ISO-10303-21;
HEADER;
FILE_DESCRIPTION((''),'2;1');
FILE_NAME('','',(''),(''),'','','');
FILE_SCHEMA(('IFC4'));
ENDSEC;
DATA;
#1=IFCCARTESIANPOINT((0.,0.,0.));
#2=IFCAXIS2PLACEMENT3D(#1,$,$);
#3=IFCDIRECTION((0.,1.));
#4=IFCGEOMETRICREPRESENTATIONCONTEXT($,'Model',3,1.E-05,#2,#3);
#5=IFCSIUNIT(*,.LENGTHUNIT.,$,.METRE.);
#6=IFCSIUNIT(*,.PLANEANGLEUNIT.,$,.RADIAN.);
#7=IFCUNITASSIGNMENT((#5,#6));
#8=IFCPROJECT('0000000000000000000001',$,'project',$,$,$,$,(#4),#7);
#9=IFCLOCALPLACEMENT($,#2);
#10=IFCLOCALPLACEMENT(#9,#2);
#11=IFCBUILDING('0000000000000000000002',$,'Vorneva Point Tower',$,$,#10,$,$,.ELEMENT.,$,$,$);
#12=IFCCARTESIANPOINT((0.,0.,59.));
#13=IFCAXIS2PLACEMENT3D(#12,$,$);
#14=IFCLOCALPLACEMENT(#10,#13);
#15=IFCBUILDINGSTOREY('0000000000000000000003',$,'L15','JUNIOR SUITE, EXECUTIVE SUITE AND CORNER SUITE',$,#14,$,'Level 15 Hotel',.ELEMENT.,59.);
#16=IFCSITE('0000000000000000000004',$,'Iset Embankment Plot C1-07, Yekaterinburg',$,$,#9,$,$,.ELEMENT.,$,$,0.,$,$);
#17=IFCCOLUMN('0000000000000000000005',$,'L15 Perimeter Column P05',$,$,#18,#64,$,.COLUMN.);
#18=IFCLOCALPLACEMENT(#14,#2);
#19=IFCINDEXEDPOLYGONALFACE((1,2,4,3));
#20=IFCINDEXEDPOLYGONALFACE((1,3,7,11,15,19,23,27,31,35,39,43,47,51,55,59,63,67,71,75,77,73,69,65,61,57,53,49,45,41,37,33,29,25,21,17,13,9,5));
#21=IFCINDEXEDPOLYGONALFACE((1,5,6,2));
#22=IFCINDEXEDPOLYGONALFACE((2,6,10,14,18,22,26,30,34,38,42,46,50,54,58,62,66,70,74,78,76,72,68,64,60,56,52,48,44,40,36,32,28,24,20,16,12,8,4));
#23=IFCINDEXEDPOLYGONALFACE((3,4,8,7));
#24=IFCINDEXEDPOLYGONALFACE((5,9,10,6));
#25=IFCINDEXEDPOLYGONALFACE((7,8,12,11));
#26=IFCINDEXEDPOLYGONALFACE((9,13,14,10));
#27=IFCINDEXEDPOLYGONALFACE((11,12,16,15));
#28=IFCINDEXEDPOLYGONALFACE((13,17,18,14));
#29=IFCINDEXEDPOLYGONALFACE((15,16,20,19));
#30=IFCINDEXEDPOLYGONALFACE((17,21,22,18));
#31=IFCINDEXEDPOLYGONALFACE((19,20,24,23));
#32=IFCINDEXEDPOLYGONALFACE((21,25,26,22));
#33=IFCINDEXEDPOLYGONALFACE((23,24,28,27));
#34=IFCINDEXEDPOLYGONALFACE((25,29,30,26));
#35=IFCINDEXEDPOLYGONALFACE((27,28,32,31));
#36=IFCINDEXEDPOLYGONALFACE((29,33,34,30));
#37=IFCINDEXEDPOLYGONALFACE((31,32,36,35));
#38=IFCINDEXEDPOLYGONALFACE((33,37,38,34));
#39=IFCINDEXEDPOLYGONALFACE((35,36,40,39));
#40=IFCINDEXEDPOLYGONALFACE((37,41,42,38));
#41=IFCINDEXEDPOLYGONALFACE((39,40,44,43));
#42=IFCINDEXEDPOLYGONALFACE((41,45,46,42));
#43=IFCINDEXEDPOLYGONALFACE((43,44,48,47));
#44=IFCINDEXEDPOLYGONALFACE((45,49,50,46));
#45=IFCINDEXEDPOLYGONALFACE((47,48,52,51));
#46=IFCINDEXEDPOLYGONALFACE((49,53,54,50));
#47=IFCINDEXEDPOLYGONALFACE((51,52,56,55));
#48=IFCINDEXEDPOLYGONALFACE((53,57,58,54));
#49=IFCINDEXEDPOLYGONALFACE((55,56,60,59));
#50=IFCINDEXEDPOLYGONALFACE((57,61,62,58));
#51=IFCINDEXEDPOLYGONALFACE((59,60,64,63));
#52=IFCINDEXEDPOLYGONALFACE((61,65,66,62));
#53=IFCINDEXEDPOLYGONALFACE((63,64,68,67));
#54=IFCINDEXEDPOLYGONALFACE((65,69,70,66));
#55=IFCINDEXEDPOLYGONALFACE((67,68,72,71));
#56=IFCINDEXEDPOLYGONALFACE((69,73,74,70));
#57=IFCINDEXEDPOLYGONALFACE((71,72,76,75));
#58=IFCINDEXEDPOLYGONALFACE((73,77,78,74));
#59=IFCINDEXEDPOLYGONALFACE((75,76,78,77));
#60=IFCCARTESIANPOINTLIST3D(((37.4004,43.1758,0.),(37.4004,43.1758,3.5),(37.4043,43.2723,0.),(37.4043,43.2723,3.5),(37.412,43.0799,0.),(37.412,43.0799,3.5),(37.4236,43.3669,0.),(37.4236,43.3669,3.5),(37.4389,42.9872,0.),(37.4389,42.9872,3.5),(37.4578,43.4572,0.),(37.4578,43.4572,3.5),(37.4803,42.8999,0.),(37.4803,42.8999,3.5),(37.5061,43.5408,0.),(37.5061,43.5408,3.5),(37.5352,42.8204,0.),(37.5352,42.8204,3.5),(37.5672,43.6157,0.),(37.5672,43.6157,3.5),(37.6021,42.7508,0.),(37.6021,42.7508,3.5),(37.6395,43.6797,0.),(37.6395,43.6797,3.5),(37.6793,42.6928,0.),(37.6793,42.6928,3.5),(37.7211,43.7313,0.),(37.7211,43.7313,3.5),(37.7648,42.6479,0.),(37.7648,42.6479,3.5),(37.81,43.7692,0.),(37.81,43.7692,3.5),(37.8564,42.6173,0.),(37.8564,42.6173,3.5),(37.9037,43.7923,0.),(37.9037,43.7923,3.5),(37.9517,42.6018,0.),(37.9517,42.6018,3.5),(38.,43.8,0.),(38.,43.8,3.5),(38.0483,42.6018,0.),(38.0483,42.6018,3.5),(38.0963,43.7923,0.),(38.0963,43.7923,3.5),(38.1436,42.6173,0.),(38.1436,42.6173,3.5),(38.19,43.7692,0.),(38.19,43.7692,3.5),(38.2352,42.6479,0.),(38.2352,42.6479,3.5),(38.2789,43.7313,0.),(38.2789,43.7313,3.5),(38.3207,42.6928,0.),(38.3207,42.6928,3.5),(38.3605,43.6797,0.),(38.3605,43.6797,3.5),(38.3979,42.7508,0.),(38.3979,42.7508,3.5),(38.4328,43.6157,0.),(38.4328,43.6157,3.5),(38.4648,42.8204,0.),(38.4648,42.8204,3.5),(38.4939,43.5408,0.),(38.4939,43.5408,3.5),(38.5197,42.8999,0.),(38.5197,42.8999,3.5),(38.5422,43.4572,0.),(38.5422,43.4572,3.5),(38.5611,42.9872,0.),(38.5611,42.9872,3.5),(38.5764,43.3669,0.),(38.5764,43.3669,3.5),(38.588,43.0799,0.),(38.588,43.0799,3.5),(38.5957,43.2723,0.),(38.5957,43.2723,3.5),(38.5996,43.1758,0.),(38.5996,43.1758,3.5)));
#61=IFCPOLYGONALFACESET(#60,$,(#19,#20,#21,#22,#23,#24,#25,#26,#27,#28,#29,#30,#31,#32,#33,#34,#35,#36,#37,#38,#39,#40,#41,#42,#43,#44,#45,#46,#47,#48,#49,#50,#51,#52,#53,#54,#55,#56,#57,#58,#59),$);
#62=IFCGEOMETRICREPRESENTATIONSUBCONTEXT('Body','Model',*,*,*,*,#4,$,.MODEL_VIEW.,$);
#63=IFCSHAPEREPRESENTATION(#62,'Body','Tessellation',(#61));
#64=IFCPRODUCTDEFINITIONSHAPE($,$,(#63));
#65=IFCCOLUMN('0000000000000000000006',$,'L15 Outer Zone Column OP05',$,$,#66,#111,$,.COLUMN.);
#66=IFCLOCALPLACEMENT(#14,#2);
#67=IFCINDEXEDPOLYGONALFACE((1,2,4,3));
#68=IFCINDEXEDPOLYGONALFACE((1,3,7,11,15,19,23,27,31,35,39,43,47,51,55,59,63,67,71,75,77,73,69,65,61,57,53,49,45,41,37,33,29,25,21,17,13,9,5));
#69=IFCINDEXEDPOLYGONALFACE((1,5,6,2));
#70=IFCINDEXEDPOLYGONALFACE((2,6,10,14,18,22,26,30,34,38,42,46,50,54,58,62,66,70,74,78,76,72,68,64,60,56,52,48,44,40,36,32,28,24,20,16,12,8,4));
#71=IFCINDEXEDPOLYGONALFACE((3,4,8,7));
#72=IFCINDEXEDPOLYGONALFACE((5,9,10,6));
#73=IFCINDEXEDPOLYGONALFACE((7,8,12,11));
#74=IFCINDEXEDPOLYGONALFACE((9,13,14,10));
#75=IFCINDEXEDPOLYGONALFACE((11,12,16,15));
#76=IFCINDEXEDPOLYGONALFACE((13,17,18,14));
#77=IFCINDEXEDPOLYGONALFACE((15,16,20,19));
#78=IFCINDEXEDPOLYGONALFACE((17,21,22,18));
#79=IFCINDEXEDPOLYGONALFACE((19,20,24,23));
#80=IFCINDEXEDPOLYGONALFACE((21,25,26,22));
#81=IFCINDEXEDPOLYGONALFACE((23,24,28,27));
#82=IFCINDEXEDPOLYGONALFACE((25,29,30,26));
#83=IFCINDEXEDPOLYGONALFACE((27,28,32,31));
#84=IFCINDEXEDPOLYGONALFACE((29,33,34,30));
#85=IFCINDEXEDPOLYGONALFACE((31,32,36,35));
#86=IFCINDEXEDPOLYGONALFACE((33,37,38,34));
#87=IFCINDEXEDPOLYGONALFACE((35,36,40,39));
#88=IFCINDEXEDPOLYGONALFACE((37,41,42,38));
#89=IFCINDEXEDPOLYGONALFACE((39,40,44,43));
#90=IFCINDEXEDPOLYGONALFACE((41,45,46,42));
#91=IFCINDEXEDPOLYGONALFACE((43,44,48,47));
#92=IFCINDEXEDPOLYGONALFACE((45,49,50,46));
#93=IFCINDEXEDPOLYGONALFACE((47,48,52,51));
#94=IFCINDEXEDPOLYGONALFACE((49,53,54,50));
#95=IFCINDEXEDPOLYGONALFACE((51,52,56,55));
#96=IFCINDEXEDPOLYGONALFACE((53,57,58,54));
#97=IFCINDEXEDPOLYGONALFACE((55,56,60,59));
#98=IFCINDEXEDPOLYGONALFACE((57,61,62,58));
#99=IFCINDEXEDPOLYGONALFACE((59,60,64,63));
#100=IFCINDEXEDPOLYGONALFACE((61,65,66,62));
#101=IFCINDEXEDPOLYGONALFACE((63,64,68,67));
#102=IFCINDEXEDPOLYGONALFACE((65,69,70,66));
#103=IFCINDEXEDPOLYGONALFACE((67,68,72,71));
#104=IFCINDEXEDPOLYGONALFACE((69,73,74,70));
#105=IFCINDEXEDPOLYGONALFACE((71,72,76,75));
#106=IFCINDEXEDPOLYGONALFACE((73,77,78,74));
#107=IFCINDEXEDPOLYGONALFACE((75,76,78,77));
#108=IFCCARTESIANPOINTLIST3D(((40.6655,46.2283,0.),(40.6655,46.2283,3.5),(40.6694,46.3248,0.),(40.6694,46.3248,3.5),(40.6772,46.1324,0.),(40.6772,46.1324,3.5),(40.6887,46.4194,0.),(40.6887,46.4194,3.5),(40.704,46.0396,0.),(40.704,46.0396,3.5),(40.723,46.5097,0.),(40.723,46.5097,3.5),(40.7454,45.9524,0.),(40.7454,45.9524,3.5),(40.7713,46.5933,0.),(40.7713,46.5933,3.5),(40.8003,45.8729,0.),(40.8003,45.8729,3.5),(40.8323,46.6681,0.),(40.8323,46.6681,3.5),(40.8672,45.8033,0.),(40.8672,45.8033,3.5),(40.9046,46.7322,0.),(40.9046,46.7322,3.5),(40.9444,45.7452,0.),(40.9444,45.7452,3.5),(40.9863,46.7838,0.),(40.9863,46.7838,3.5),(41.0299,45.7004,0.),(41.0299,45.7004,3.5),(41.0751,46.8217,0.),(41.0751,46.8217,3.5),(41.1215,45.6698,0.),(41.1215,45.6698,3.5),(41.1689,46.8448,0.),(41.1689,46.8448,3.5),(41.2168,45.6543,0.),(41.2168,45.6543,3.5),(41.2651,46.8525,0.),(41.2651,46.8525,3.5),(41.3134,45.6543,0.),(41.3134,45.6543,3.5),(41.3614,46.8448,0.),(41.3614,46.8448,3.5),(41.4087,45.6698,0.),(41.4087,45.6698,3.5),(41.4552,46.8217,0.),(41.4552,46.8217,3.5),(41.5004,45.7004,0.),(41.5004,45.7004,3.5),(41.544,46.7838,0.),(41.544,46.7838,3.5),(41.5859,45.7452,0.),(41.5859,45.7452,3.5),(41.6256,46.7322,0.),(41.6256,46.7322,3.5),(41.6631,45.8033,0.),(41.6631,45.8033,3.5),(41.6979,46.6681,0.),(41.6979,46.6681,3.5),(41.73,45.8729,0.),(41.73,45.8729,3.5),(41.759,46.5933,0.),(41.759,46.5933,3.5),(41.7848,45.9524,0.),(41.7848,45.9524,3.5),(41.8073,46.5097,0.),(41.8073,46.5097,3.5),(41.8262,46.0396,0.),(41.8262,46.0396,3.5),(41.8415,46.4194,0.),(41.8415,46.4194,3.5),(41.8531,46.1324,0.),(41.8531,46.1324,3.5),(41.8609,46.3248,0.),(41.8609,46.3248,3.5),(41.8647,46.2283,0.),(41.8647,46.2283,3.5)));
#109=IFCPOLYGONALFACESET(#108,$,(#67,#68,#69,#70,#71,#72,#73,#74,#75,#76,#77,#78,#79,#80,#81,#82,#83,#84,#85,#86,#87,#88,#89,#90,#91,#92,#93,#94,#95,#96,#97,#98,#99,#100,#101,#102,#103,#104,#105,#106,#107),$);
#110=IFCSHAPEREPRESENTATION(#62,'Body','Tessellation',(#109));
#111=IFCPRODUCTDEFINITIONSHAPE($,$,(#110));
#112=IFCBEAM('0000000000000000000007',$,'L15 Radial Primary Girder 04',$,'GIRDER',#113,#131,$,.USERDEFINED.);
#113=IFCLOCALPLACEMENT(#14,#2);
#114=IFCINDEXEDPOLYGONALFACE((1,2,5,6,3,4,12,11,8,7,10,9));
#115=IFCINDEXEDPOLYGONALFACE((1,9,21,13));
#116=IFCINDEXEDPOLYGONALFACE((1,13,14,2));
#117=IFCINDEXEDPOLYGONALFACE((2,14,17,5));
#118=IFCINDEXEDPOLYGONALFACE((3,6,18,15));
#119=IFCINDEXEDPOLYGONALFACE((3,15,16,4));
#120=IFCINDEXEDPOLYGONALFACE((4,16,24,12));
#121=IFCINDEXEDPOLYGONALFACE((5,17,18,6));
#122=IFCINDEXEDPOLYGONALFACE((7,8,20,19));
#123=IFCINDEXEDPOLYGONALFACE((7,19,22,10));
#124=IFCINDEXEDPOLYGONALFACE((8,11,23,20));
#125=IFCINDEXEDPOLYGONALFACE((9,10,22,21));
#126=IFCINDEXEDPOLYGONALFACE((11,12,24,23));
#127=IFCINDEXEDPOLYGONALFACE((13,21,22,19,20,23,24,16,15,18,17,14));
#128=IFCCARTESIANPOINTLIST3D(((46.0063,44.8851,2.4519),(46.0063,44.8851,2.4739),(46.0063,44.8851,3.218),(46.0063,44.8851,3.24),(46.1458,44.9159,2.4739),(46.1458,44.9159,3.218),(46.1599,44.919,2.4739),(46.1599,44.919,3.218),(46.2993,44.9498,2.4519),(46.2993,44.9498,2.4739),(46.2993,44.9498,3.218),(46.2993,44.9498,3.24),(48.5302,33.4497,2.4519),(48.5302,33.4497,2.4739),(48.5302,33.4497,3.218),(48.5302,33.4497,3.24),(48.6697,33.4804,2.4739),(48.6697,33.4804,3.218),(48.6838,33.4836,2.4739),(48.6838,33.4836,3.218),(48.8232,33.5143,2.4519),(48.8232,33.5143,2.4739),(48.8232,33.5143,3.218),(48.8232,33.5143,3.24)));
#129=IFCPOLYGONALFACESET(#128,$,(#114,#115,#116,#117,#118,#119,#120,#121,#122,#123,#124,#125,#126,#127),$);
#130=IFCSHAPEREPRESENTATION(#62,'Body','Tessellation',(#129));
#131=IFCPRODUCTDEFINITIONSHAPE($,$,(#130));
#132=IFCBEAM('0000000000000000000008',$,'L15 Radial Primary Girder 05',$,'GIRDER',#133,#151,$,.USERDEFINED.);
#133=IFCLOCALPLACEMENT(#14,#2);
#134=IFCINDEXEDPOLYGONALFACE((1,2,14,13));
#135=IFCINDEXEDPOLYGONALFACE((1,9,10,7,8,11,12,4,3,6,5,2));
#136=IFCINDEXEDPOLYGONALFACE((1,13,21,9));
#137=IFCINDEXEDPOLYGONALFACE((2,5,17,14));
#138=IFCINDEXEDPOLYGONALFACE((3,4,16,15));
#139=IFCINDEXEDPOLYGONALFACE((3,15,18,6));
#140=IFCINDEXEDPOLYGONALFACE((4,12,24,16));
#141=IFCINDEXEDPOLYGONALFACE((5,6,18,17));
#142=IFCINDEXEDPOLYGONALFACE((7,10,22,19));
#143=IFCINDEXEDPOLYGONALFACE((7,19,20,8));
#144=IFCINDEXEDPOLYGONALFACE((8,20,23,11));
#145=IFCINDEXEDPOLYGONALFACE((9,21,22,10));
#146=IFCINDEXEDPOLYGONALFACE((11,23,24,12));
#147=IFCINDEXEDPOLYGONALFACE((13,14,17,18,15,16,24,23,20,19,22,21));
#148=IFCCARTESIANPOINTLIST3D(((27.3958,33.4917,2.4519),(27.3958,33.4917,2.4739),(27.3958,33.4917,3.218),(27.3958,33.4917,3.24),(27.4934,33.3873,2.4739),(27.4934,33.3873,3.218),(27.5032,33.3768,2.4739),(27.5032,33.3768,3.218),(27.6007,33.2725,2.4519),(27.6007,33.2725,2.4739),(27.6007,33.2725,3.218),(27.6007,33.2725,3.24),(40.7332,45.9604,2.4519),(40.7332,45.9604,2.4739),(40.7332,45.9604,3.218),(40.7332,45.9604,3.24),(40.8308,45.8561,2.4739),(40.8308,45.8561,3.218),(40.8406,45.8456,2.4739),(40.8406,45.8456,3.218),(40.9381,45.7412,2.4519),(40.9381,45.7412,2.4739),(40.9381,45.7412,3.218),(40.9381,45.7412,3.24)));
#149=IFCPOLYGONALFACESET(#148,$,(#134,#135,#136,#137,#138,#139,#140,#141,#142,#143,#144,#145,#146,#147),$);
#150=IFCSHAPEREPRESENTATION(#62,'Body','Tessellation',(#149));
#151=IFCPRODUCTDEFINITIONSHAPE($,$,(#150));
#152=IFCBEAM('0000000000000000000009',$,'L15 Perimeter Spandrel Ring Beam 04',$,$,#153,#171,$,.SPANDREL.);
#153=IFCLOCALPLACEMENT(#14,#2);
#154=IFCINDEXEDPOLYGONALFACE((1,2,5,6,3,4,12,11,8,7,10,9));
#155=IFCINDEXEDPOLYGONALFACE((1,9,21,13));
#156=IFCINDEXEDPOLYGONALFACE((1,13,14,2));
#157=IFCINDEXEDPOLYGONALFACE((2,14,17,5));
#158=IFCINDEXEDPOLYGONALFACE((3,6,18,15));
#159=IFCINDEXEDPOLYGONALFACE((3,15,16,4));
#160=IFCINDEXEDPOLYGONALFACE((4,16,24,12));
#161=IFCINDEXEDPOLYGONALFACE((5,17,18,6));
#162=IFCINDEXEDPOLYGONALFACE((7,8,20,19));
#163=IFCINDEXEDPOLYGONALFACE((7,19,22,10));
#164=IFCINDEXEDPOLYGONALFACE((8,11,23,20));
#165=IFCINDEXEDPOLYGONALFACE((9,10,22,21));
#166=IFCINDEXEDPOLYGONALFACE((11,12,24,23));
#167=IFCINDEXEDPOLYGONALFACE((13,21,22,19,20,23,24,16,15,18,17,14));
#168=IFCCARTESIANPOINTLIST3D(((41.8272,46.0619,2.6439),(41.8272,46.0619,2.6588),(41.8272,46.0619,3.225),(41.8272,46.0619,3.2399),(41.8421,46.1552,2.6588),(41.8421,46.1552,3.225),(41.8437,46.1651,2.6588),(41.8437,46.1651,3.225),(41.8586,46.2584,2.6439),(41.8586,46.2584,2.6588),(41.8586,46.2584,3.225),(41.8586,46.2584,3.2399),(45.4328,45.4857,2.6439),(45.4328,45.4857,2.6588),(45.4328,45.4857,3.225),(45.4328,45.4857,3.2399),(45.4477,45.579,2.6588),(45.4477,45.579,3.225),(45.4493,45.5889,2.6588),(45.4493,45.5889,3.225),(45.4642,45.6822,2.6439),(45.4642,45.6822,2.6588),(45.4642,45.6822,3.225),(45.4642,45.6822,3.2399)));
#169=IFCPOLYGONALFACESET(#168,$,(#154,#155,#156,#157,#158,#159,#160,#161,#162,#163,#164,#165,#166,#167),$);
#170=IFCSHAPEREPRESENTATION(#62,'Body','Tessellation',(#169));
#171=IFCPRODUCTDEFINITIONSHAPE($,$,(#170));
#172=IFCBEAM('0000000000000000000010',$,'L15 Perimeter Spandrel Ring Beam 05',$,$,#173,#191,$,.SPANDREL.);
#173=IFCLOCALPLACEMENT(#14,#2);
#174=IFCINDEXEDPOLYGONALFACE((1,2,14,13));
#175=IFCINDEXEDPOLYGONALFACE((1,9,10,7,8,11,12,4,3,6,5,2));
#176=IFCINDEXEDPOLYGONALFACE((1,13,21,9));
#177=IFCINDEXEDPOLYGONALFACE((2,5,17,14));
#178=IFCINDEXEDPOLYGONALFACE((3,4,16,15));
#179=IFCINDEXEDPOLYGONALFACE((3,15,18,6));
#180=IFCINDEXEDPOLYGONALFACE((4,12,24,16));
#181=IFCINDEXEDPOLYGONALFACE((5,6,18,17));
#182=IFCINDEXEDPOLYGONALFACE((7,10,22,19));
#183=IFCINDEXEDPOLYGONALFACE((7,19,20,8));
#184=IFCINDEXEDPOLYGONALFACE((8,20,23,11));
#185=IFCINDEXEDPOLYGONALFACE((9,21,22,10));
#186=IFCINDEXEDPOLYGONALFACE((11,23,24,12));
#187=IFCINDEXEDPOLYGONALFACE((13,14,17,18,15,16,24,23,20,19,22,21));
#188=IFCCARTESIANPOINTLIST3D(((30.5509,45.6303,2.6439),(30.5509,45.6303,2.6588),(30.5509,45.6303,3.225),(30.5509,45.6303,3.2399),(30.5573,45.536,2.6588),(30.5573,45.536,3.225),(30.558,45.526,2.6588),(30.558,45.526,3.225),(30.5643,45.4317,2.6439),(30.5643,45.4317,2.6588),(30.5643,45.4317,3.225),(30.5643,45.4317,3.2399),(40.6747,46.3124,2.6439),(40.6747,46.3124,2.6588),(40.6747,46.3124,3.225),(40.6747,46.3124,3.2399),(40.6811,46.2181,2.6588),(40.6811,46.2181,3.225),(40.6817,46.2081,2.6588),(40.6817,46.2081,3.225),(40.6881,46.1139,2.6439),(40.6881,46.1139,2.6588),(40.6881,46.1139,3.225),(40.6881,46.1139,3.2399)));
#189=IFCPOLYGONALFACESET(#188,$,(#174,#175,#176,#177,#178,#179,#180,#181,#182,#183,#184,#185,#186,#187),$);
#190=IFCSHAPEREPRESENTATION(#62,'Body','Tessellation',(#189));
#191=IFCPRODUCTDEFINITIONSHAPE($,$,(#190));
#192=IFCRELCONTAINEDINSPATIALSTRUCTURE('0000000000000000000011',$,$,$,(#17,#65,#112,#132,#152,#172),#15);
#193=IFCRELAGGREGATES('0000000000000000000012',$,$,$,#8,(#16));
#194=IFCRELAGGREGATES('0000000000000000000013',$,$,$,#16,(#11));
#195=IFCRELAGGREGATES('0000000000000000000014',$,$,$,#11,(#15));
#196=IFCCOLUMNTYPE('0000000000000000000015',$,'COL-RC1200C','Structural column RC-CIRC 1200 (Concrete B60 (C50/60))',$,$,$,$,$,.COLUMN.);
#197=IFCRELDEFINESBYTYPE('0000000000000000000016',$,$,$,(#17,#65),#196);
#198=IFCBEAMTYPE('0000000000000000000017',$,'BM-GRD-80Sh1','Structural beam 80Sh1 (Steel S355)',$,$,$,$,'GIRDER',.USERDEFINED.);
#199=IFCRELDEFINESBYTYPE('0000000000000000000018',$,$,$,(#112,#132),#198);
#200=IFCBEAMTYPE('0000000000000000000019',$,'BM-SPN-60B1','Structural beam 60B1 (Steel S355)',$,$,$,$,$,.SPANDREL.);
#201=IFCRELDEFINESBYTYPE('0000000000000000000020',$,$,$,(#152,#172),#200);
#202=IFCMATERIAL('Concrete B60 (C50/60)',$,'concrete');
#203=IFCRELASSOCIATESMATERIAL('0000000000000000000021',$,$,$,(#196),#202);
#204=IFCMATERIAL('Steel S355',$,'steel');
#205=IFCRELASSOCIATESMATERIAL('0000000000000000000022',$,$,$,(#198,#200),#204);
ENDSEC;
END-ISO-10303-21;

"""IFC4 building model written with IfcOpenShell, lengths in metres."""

from ifc_helpers import new_model, si_unit, direction, frame, origin, origin_2d, place, context, subcontext, project, spatial, circle, i_section, extrude, material, material_profile, profile_set, type_object, element, save


model = new_model("IFC4")

# Units and contexts
model_context = context("Model", 3, precision=1e-05, world=origin(), true_north=direction((0.0, 1.0)))
body_context = subcontext(model_context, "Body", "Model", "MODEL_VIEW")
ifc_project = project(units=[si_unit("LENGTHUNIT", "METRE"), si_unit("PLANEANGLEUNIT", "RADIAN")], contexts=[model_context])

# Site, building, storey
site_placement = place(None, origin())
site = spatial("IfcSite", under=ifc_project, at=site_placement, Name="Iset Embankment Plot C1-07, Yekaterinburg", CompositionType="ELEMENT", RefElevation=0.0)
building_placement = place(site_placement, origin())
building = spatial("IfcBuilding", under=site, at=building_placement, Name="Vorneva Point Tower", CompositionType="ELEMENT")
storey_placement = place(building_placement, frame((0.0, 0.0, 59.0)))
storey = spatial("IfcBuildingStorey", under=building, at=storey_placement, Name="L15", Description="JUNIOR SUITE, EXECUTIVE SUITE AND CORNER SUITE", LongName="Level 15 Hotel", CompositionType="ELEMENT", Elevation=59.0)

# Columns
ifc_material_1 = material(Name="Concrete B60 (C50/60)", Category="concrete")
ifc_material_profile_1 = material_profile(ifc_material_1, circle(Radius=0.6001, at=origin_2d()), Name="RC-CIRC 1200")
ifc_profile_set_1 = profile_set([ifc_material_profile_1], Name="Concrete B60 (C50/60)")
column_type = type_object("IfcColumnType", Name="COL-RC1200C", Description="Structural column RC-CIRC 1200 (Concrete B60 (C50/60))", PredefinedType="COLUMN", material=ifc_profile_set_1)
for number, where, z_axis, x_axis, name in (
    (1, (38.0, 43.2, 0.0), (0.0, 0.0, 1.0), (0.0, 1.0, 0.0), "L15 Perimeter Column P05"),
    (2, (41.2651, 46.2524, 0.0), (0.0, 0.0, 1.0), (0.0, 1.0, 0.0), "L15 Outer Zone Column OP05"),
):
    element("IfcColumn", number, at=place(storey_placement, frame(where, z_axis=z_axis, x_axis=x_axis)), inside=storey, type_object=column_type, Name=name, PredefinedType="COLUMN", context=body_context, shape_type="SweptSolid", body=[
        extrude(circle(Radius=0.6001, at=origin_2d()), origin(), (0.0, 0.0, 1.0), 3.5),
    ])

# Beams
ifc_material_2 = material(Name="Steel S355", Category="steel")
ifc_material_profile_2 = material_profile(ifc_material_2, i_section(OverallWidth=0.3, OverallDepth=0.7881, WebThickness=0.0144, FlangeThickness=0.022, at=origin_2d()), Name="80Sh1")
ifc_profile_set_2 = profile_set([ifc_material_profile_2], Name="Steel S355")
beam_type_1 = type_object("IfcBeamType", Name="BM-GRD-80Sh1", Description="Structural beam 80Sh1 (Steel S355)", ElementType="GIRDER", PredefinedType="USERDEFINED", material=ifc_profile_set_2)
beam_1_placement = place(storey_placement, frame((46.1528, 44.9175, 2.8459), z_axis=(0.215522, -0.976499, 0.0), x_axis=(0.976499, 0.215522, 0.0)))
element("IfcBeam", 3, at=beam_1_placement, inside=storey, type_object=beam_type_1, Name="L15 Radial Primary Girder 04", ObjectType="GIRDER", PredefinedType="USERDEFINED", context=body_context, shape_type="SweptSolid", body=[
    extrude(i_section(OverallWidth=0.3, OverallDepth=0.7881, WebThickness=0.0144, FlangeThickness=0.022, at=origin_2d()), origin(), (0.0, 0.0, 1.0), 11.7107),
])
beam_2_placement = place(storey_placement, frame((40.8357, 45.8508, 2.8459), z_axis=(-0.730495, -0.682918, 0.0), x_axis=(0.682918, -0.730495, 0.0)))
element("IfcBeam", 4, at=beam_2_placement, inside=storey, type_object=beam_type_1, Name="L15 Radial Primary Girder 05", ObjectType="GIRDER", PredefinedType="USERDEFINED", context=body_context, shape_type="SweptSolid", body=[
    extrude(i_section(OverallWidth=0.3, OverallDepth=0.7881, WebThickness=0.0144, FlangeThickness=0.022, at=origin_2d()), origin(), (0.0, 0.0, 1.0), 18.2581),
])
ifc_material_profile_3 = material_profile(ifc_material_2, i_section(OverallWidth=0.199, OverallDepth=0.5959, WebThickness=0.01, FlangeThickness=0.0149, at=origin_2d()), Name="60B1")
ifc_profile_set_3 = profile_set([ifc_material_profile_3], Name="Steel S355")
beam_type_2 = type_object("IfcBeamType", Name="BM-SPN-60B1", Description="Structural beam 60B1 (Steel S355)", PredefinedType="SPANDREL", material=ifc_profile_set_3)
beam_3_placement = place(storey_placement, frame((45.4485, 45.584, 2.9419), z_axis=(-0.987472, 0.157792, 0.0), x_axis=(-0.157792, -0.987472, 0.0)))
element("IfcBeam", 5, at=beam_3_placement, inside=storey, type_object=beam_type_2, Name="L15 Perimeter Spandrel Ring Beam 04", PredefinedType="SPANDREL", context=body_context, shape_type="SweptSolid", body=[
    extrude(i_section(OverallWidth=0.199, OverallDepth=0.5959, WebThickness=0.01, FlangeThickness=0.0149, at=origin_2d()), origin(), (0.0, 0.0, 1.0), 3.6514),
])
beam_4_placement = place(storey_placement, frame((40.6814, 46.2131, 2.9419), z_axis=(-0.997738, -0.067226, 0.0), x_axis=(0.067226, -0.997738, 0.0)))
element("IfcBeam", 6, at=beam_4_placement, inside=storey, type_object=beam_type_2, Name="L15 Perimeter Spandrel Ring Beam 05", PredefinedType="SPANDREL", context=body_context, shape_type="SweptSolid", body=[
    extrude(i_section(OverallWidth=0.199, OverallDepth=0.5959, WebThickness=0.01, FlangeThickness=0.0149, at=origin_2d()), origin(), (0.0, 0.0, 1.0), 10.1467),
])

save(model, "model.ifc")
